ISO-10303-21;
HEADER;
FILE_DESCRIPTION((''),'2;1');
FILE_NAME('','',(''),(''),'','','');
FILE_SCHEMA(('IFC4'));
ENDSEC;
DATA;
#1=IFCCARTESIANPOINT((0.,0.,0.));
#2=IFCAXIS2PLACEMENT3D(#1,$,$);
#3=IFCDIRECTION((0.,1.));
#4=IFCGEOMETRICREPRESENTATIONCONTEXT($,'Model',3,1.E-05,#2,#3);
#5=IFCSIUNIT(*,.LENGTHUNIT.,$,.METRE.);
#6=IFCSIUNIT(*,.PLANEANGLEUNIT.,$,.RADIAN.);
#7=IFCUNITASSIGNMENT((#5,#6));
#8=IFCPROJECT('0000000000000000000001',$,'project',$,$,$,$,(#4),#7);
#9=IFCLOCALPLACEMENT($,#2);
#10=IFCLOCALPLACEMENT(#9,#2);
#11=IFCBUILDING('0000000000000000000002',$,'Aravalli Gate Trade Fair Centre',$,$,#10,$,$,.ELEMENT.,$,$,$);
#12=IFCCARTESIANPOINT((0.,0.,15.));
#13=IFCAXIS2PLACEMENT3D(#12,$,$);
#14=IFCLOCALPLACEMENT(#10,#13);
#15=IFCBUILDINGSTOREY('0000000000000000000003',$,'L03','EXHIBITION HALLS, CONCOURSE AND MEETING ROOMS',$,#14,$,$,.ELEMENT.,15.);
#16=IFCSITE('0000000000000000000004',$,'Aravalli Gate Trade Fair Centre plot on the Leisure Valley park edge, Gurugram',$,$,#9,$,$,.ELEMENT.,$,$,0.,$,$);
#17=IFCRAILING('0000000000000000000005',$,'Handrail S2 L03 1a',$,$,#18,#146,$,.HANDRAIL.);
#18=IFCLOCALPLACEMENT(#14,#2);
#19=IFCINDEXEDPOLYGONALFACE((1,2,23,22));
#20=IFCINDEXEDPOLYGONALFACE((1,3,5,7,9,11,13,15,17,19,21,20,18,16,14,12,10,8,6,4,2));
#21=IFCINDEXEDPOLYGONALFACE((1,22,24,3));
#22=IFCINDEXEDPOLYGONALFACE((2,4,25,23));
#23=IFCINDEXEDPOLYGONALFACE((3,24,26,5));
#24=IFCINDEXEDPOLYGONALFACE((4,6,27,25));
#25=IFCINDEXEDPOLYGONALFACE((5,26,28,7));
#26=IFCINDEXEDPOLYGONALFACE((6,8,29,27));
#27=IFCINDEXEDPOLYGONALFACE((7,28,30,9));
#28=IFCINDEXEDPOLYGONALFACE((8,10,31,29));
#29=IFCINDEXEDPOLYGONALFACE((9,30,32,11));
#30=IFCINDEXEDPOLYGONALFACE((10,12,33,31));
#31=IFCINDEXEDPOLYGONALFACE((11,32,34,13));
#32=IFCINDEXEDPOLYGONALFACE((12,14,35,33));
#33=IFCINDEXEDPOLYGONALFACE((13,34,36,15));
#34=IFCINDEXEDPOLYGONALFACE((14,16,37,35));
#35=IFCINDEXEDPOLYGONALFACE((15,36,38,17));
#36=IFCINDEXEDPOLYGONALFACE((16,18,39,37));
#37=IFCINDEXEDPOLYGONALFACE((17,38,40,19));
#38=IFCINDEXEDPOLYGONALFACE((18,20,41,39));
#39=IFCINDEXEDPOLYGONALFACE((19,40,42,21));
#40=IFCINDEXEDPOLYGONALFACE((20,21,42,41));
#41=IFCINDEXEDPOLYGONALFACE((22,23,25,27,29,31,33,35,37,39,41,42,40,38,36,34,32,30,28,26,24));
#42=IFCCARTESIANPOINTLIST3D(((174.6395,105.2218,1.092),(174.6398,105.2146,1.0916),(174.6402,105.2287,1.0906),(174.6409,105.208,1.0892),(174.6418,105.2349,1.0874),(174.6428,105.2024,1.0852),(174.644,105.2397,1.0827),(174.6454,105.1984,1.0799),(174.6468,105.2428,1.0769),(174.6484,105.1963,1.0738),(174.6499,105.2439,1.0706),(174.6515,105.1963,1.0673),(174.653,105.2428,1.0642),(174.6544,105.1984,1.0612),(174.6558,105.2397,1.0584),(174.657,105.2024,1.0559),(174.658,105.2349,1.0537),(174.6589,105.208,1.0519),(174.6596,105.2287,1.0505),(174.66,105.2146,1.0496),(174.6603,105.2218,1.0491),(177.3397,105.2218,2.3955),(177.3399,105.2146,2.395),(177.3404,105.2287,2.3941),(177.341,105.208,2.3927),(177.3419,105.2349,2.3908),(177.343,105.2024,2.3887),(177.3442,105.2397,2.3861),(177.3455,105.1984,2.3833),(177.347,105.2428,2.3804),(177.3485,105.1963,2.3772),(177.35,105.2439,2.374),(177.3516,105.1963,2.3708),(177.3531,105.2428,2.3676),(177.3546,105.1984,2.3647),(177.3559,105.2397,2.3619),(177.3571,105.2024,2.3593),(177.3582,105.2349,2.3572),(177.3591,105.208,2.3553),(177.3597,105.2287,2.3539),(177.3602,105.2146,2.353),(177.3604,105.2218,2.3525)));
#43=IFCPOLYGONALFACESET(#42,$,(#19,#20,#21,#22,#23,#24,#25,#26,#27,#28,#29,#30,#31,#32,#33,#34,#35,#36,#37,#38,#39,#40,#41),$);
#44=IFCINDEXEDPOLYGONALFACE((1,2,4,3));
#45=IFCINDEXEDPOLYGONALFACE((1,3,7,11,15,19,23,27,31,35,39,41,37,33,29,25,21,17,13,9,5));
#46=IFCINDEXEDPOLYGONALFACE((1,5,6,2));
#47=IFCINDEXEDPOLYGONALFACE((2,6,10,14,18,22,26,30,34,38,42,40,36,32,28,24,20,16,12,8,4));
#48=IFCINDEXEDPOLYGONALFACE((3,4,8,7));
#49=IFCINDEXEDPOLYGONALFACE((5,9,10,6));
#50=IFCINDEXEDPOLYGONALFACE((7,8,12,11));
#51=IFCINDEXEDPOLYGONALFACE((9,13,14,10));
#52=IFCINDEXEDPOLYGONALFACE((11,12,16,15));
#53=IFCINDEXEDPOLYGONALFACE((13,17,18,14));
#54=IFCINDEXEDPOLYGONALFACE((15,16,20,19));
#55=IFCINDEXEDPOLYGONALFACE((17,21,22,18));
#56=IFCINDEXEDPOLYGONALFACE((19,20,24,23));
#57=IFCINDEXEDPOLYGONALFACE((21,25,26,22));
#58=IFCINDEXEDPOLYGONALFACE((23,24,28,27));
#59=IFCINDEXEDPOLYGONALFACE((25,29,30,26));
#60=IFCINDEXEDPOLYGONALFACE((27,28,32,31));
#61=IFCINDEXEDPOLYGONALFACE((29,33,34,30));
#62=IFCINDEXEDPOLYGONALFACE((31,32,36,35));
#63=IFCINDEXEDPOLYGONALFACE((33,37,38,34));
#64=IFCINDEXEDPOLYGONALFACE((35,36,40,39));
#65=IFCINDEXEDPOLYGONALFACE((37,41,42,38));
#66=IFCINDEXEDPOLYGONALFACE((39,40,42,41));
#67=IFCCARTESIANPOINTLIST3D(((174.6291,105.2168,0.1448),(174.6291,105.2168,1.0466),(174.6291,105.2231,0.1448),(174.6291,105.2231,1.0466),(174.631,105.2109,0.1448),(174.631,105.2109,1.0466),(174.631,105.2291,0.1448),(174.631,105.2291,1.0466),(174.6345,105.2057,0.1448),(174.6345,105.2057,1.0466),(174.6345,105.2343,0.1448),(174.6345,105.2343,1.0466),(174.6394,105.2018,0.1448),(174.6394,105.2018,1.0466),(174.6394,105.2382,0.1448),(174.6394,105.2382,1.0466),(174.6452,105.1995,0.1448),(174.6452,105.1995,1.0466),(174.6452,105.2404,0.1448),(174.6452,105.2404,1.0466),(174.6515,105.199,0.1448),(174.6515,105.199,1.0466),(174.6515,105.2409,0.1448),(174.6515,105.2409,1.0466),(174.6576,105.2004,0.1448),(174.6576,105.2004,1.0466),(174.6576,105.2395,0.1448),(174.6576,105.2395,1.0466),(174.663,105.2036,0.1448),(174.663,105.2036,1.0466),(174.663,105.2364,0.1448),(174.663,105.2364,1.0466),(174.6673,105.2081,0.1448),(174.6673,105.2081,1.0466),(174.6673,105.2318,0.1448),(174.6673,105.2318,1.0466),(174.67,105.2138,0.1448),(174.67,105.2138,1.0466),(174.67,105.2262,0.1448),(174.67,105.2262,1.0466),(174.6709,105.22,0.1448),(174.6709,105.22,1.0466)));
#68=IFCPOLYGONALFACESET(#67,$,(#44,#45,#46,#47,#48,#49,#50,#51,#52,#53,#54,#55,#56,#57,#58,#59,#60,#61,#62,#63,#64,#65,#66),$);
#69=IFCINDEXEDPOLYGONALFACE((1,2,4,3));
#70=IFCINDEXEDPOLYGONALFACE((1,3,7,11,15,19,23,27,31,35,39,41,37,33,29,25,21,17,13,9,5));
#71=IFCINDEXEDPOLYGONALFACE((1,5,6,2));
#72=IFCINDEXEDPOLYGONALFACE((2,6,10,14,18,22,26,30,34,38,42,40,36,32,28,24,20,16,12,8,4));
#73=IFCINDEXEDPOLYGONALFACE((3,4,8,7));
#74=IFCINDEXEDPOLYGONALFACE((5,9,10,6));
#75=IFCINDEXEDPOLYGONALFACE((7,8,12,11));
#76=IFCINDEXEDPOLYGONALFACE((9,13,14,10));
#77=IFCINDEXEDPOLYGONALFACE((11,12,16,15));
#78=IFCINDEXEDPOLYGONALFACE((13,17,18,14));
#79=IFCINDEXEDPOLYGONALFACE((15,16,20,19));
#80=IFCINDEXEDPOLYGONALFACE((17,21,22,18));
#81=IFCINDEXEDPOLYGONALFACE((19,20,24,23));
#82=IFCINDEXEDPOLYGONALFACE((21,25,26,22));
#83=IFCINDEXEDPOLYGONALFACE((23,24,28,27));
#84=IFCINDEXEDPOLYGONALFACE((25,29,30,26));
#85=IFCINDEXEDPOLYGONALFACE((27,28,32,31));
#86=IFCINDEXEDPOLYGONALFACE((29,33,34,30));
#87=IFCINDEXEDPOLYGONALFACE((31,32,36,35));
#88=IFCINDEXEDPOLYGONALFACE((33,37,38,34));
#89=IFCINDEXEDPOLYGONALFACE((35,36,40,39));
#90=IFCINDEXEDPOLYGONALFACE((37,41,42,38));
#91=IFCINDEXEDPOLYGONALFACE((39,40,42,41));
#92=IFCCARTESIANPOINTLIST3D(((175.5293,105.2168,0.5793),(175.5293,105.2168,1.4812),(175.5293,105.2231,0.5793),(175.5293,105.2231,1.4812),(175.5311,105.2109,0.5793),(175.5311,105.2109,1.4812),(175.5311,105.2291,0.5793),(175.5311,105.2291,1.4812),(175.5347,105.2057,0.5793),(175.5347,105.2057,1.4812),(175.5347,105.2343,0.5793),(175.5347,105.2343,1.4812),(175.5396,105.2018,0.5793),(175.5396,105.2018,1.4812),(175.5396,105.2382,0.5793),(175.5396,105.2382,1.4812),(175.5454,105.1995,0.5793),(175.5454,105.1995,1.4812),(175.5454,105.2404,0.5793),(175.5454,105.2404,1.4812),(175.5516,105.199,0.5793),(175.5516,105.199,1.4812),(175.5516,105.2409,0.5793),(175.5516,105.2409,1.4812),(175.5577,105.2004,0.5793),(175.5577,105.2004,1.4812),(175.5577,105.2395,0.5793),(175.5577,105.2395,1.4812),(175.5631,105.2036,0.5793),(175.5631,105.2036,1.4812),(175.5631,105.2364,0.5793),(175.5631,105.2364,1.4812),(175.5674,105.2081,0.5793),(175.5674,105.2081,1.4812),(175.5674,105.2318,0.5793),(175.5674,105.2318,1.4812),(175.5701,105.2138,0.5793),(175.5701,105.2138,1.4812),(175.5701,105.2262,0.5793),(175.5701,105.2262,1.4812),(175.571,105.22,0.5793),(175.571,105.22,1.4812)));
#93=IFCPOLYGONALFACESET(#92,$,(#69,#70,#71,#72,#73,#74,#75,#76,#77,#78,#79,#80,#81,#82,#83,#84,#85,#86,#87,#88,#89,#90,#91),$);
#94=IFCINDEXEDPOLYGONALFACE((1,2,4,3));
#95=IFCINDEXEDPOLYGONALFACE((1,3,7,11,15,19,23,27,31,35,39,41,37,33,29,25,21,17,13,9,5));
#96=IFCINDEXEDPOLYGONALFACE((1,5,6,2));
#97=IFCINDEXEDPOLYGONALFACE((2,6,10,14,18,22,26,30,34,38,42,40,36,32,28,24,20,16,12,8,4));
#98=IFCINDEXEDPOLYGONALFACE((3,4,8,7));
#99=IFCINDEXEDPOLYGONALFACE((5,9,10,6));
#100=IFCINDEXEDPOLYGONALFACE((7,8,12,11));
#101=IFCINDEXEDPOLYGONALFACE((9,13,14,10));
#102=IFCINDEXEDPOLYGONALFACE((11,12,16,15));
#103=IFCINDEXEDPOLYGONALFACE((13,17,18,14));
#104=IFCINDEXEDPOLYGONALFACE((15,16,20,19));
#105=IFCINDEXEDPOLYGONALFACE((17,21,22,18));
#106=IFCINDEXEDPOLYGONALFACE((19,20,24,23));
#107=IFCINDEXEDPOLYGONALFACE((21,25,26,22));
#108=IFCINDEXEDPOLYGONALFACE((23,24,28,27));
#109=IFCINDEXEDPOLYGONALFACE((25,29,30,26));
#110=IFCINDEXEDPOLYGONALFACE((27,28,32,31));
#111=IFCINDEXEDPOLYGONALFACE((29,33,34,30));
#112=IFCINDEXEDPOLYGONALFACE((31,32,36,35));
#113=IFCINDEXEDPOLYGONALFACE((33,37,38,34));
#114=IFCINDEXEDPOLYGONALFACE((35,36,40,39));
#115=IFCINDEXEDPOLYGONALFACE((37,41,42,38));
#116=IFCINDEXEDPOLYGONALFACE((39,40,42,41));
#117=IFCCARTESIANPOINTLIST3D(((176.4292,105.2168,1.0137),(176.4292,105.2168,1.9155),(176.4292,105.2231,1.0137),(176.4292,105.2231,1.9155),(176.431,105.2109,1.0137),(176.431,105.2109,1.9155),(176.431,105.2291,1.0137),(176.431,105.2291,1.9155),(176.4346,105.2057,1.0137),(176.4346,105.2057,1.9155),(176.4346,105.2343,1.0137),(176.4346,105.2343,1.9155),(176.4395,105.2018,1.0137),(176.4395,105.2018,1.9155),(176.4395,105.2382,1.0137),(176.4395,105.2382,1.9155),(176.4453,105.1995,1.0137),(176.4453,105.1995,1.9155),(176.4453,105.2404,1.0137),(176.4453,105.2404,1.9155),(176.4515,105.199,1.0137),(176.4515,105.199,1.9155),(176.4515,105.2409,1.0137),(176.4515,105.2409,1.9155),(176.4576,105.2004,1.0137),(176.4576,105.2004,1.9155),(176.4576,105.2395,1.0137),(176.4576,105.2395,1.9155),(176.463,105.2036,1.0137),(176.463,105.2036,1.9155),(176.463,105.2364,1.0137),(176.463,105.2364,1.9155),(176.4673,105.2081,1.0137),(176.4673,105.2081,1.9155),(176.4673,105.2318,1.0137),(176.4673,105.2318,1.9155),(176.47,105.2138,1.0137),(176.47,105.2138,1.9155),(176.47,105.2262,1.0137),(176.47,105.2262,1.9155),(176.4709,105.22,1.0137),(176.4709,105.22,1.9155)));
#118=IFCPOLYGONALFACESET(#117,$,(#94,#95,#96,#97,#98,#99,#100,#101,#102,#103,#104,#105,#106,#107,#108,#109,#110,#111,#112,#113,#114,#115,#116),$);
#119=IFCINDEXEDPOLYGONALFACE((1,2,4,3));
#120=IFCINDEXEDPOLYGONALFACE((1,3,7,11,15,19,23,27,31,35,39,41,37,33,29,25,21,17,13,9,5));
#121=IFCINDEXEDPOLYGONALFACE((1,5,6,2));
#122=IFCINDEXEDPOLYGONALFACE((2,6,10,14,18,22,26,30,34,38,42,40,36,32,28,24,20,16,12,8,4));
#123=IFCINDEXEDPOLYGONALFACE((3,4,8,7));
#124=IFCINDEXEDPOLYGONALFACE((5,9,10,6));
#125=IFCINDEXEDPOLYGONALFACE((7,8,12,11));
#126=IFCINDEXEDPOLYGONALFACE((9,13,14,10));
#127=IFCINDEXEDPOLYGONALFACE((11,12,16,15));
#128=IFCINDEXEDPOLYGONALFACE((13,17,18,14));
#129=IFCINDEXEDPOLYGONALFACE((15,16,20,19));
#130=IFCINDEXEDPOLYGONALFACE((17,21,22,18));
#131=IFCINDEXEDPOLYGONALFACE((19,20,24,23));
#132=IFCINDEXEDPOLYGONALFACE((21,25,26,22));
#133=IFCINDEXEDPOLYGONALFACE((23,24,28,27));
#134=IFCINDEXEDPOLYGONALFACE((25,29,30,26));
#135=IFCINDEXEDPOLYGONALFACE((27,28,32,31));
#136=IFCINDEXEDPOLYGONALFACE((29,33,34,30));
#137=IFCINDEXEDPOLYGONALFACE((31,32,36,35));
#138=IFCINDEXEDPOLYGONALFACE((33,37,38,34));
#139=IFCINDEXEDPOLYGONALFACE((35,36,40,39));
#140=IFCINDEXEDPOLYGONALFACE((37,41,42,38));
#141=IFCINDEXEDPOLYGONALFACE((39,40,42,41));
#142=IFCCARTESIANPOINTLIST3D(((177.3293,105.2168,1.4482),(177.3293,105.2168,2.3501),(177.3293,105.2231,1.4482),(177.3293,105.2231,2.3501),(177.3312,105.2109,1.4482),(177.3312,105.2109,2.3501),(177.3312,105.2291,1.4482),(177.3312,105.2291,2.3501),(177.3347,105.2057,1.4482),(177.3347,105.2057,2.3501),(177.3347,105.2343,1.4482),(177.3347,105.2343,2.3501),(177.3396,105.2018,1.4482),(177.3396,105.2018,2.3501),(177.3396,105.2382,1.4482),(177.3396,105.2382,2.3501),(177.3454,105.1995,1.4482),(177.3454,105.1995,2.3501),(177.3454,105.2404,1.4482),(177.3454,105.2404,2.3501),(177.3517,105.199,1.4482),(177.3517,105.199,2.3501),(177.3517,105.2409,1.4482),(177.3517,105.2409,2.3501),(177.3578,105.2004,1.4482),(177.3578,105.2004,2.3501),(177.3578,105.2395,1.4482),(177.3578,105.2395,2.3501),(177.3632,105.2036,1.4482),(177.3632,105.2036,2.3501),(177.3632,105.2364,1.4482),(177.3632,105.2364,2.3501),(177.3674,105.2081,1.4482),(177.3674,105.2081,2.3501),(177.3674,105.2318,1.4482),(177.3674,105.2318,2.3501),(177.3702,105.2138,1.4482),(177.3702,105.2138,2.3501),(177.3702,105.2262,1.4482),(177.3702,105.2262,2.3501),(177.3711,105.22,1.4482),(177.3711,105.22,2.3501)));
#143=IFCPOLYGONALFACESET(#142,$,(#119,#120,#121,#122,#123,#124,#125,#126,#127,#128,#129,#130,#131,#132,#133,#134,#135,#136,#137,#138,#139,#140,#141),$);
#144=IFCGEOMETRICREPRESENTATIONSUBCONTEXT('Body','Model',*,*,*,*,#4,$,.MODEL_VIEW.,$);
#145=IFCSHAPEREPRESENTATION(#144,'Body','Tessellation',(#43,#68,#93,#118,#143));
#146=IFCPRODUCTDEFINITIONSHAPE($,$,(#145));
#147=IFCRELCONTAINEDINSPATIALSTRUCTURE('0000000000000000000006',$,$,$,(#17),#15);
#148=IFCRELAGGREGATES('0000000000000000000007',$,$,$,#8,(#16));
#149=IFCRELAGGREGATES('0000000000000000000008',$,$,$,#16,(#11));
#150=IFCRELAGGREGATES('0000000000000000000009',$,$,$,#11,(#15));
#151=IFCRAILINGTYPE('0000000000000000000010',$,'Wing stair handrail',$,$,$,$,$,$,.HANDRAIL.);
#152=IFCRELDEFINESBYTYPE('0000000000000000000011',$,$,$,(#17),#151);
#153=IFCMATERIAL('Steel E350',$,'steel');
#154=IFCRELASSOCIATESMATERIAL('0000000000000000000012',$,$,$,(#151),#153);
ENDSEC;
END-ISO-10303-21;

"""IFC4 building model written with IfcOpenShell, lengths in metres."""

from ifc_helpers import new_model, si_unit, direction, frame, origin, origin_2d, place, context, subcontext, project, spatial, circle, extrude, material, type_object, element, save


model = new_model("IFC4")

# Units and contexts
model_context = context("Model", 3, precision=1e-05, world=origin(), true_north=direction((0.0, 1.0)))
body_context = subcontext(model_context, "Body", "Model", "MODEL_VIEW")
ifc_project = project(units=[si_unit("LENGTHUNIT", "METRE"), si_unit("PLANEANGLEUNIT", "RADIAN")], contexts=[model_context])

# Site, building, storey
site_placement = place(None, origin())
site = spatial("IfcSite", under=ifc_project, at=site_placement, Name="Aravalli Gate Trade Fair Centre plot on the Leisure Valley park edge, Gurugram", CompositionType="ELEMENT", RefElevation=0.0)
building_placement = place(site_placement, origin())
building = spatial("IfcBuilding", under=site, at=building_placement, Name="Aravalli Gate Trade Fair Centre", CompositionType="ELEMENT")
storey_placement = place(building_placement, frame((0.0, 0.0, 15.0)))
storey = spatial("IfcBuildingStorey", under=building, at=storey_placement, Name="L03", Description="EXHIBITION HALLS, CONCOURSE AND MEETING ROOMS", CompositionType="ELEMENT", Elevation=15.0)

# Railing
ifc_material_1 = material(Name="Steel E350", Category="steel")
railing_type_1 = type_object("IfcRailingType", Name="Wing stair handrail", PredefinedType="HANDRAIL", material=ifc_material_1)
railing_1_placement = place(storey_placement, frame((174.6499, 105.22, 0.1448)))
element("IfcRailing", 1, at=railing_1_placement, inside=storey, type_object=railing_type_1, Name="Handrail S2 L03 1a", PredefinedType="HANDRAIL", context=body_context, shape_type="SweptSolid", body=[
    extrude(circle(Radius=0.0239, at=origin_2d()), frame((0.0, 0.0, 0.9258), z_axis=(0.900562, 0.0, 0.434729), x_axis=(0.0, 1.0, 0.0)), (0.0, 0.0, 1.0), 2.9983),
    extrude(circle(Radius=0.021, at=origin_2d()), origin(), (0.0, 0.0, 1.0), 0.9019),
    extrude(circle(Radius=0.021, at=origin_2d()), frame((0.9001, 0.0, 0.4346)), (0.0, 0.0, 1.0), 0.9019),
    extrude(circle(Radius=0.021, at=origin_2d()), frame((1.8, 0.0, 0.8689)), (0.0, 0.0, 1.0), 0.9019),
    extrude(circle(Radius=0.021, at=origin_2d()), frame((2.7002, 0.0, 1.3035)), (0.0, 0.0, 1.0), 0.9019),
])

save(model, "model.ifc")
